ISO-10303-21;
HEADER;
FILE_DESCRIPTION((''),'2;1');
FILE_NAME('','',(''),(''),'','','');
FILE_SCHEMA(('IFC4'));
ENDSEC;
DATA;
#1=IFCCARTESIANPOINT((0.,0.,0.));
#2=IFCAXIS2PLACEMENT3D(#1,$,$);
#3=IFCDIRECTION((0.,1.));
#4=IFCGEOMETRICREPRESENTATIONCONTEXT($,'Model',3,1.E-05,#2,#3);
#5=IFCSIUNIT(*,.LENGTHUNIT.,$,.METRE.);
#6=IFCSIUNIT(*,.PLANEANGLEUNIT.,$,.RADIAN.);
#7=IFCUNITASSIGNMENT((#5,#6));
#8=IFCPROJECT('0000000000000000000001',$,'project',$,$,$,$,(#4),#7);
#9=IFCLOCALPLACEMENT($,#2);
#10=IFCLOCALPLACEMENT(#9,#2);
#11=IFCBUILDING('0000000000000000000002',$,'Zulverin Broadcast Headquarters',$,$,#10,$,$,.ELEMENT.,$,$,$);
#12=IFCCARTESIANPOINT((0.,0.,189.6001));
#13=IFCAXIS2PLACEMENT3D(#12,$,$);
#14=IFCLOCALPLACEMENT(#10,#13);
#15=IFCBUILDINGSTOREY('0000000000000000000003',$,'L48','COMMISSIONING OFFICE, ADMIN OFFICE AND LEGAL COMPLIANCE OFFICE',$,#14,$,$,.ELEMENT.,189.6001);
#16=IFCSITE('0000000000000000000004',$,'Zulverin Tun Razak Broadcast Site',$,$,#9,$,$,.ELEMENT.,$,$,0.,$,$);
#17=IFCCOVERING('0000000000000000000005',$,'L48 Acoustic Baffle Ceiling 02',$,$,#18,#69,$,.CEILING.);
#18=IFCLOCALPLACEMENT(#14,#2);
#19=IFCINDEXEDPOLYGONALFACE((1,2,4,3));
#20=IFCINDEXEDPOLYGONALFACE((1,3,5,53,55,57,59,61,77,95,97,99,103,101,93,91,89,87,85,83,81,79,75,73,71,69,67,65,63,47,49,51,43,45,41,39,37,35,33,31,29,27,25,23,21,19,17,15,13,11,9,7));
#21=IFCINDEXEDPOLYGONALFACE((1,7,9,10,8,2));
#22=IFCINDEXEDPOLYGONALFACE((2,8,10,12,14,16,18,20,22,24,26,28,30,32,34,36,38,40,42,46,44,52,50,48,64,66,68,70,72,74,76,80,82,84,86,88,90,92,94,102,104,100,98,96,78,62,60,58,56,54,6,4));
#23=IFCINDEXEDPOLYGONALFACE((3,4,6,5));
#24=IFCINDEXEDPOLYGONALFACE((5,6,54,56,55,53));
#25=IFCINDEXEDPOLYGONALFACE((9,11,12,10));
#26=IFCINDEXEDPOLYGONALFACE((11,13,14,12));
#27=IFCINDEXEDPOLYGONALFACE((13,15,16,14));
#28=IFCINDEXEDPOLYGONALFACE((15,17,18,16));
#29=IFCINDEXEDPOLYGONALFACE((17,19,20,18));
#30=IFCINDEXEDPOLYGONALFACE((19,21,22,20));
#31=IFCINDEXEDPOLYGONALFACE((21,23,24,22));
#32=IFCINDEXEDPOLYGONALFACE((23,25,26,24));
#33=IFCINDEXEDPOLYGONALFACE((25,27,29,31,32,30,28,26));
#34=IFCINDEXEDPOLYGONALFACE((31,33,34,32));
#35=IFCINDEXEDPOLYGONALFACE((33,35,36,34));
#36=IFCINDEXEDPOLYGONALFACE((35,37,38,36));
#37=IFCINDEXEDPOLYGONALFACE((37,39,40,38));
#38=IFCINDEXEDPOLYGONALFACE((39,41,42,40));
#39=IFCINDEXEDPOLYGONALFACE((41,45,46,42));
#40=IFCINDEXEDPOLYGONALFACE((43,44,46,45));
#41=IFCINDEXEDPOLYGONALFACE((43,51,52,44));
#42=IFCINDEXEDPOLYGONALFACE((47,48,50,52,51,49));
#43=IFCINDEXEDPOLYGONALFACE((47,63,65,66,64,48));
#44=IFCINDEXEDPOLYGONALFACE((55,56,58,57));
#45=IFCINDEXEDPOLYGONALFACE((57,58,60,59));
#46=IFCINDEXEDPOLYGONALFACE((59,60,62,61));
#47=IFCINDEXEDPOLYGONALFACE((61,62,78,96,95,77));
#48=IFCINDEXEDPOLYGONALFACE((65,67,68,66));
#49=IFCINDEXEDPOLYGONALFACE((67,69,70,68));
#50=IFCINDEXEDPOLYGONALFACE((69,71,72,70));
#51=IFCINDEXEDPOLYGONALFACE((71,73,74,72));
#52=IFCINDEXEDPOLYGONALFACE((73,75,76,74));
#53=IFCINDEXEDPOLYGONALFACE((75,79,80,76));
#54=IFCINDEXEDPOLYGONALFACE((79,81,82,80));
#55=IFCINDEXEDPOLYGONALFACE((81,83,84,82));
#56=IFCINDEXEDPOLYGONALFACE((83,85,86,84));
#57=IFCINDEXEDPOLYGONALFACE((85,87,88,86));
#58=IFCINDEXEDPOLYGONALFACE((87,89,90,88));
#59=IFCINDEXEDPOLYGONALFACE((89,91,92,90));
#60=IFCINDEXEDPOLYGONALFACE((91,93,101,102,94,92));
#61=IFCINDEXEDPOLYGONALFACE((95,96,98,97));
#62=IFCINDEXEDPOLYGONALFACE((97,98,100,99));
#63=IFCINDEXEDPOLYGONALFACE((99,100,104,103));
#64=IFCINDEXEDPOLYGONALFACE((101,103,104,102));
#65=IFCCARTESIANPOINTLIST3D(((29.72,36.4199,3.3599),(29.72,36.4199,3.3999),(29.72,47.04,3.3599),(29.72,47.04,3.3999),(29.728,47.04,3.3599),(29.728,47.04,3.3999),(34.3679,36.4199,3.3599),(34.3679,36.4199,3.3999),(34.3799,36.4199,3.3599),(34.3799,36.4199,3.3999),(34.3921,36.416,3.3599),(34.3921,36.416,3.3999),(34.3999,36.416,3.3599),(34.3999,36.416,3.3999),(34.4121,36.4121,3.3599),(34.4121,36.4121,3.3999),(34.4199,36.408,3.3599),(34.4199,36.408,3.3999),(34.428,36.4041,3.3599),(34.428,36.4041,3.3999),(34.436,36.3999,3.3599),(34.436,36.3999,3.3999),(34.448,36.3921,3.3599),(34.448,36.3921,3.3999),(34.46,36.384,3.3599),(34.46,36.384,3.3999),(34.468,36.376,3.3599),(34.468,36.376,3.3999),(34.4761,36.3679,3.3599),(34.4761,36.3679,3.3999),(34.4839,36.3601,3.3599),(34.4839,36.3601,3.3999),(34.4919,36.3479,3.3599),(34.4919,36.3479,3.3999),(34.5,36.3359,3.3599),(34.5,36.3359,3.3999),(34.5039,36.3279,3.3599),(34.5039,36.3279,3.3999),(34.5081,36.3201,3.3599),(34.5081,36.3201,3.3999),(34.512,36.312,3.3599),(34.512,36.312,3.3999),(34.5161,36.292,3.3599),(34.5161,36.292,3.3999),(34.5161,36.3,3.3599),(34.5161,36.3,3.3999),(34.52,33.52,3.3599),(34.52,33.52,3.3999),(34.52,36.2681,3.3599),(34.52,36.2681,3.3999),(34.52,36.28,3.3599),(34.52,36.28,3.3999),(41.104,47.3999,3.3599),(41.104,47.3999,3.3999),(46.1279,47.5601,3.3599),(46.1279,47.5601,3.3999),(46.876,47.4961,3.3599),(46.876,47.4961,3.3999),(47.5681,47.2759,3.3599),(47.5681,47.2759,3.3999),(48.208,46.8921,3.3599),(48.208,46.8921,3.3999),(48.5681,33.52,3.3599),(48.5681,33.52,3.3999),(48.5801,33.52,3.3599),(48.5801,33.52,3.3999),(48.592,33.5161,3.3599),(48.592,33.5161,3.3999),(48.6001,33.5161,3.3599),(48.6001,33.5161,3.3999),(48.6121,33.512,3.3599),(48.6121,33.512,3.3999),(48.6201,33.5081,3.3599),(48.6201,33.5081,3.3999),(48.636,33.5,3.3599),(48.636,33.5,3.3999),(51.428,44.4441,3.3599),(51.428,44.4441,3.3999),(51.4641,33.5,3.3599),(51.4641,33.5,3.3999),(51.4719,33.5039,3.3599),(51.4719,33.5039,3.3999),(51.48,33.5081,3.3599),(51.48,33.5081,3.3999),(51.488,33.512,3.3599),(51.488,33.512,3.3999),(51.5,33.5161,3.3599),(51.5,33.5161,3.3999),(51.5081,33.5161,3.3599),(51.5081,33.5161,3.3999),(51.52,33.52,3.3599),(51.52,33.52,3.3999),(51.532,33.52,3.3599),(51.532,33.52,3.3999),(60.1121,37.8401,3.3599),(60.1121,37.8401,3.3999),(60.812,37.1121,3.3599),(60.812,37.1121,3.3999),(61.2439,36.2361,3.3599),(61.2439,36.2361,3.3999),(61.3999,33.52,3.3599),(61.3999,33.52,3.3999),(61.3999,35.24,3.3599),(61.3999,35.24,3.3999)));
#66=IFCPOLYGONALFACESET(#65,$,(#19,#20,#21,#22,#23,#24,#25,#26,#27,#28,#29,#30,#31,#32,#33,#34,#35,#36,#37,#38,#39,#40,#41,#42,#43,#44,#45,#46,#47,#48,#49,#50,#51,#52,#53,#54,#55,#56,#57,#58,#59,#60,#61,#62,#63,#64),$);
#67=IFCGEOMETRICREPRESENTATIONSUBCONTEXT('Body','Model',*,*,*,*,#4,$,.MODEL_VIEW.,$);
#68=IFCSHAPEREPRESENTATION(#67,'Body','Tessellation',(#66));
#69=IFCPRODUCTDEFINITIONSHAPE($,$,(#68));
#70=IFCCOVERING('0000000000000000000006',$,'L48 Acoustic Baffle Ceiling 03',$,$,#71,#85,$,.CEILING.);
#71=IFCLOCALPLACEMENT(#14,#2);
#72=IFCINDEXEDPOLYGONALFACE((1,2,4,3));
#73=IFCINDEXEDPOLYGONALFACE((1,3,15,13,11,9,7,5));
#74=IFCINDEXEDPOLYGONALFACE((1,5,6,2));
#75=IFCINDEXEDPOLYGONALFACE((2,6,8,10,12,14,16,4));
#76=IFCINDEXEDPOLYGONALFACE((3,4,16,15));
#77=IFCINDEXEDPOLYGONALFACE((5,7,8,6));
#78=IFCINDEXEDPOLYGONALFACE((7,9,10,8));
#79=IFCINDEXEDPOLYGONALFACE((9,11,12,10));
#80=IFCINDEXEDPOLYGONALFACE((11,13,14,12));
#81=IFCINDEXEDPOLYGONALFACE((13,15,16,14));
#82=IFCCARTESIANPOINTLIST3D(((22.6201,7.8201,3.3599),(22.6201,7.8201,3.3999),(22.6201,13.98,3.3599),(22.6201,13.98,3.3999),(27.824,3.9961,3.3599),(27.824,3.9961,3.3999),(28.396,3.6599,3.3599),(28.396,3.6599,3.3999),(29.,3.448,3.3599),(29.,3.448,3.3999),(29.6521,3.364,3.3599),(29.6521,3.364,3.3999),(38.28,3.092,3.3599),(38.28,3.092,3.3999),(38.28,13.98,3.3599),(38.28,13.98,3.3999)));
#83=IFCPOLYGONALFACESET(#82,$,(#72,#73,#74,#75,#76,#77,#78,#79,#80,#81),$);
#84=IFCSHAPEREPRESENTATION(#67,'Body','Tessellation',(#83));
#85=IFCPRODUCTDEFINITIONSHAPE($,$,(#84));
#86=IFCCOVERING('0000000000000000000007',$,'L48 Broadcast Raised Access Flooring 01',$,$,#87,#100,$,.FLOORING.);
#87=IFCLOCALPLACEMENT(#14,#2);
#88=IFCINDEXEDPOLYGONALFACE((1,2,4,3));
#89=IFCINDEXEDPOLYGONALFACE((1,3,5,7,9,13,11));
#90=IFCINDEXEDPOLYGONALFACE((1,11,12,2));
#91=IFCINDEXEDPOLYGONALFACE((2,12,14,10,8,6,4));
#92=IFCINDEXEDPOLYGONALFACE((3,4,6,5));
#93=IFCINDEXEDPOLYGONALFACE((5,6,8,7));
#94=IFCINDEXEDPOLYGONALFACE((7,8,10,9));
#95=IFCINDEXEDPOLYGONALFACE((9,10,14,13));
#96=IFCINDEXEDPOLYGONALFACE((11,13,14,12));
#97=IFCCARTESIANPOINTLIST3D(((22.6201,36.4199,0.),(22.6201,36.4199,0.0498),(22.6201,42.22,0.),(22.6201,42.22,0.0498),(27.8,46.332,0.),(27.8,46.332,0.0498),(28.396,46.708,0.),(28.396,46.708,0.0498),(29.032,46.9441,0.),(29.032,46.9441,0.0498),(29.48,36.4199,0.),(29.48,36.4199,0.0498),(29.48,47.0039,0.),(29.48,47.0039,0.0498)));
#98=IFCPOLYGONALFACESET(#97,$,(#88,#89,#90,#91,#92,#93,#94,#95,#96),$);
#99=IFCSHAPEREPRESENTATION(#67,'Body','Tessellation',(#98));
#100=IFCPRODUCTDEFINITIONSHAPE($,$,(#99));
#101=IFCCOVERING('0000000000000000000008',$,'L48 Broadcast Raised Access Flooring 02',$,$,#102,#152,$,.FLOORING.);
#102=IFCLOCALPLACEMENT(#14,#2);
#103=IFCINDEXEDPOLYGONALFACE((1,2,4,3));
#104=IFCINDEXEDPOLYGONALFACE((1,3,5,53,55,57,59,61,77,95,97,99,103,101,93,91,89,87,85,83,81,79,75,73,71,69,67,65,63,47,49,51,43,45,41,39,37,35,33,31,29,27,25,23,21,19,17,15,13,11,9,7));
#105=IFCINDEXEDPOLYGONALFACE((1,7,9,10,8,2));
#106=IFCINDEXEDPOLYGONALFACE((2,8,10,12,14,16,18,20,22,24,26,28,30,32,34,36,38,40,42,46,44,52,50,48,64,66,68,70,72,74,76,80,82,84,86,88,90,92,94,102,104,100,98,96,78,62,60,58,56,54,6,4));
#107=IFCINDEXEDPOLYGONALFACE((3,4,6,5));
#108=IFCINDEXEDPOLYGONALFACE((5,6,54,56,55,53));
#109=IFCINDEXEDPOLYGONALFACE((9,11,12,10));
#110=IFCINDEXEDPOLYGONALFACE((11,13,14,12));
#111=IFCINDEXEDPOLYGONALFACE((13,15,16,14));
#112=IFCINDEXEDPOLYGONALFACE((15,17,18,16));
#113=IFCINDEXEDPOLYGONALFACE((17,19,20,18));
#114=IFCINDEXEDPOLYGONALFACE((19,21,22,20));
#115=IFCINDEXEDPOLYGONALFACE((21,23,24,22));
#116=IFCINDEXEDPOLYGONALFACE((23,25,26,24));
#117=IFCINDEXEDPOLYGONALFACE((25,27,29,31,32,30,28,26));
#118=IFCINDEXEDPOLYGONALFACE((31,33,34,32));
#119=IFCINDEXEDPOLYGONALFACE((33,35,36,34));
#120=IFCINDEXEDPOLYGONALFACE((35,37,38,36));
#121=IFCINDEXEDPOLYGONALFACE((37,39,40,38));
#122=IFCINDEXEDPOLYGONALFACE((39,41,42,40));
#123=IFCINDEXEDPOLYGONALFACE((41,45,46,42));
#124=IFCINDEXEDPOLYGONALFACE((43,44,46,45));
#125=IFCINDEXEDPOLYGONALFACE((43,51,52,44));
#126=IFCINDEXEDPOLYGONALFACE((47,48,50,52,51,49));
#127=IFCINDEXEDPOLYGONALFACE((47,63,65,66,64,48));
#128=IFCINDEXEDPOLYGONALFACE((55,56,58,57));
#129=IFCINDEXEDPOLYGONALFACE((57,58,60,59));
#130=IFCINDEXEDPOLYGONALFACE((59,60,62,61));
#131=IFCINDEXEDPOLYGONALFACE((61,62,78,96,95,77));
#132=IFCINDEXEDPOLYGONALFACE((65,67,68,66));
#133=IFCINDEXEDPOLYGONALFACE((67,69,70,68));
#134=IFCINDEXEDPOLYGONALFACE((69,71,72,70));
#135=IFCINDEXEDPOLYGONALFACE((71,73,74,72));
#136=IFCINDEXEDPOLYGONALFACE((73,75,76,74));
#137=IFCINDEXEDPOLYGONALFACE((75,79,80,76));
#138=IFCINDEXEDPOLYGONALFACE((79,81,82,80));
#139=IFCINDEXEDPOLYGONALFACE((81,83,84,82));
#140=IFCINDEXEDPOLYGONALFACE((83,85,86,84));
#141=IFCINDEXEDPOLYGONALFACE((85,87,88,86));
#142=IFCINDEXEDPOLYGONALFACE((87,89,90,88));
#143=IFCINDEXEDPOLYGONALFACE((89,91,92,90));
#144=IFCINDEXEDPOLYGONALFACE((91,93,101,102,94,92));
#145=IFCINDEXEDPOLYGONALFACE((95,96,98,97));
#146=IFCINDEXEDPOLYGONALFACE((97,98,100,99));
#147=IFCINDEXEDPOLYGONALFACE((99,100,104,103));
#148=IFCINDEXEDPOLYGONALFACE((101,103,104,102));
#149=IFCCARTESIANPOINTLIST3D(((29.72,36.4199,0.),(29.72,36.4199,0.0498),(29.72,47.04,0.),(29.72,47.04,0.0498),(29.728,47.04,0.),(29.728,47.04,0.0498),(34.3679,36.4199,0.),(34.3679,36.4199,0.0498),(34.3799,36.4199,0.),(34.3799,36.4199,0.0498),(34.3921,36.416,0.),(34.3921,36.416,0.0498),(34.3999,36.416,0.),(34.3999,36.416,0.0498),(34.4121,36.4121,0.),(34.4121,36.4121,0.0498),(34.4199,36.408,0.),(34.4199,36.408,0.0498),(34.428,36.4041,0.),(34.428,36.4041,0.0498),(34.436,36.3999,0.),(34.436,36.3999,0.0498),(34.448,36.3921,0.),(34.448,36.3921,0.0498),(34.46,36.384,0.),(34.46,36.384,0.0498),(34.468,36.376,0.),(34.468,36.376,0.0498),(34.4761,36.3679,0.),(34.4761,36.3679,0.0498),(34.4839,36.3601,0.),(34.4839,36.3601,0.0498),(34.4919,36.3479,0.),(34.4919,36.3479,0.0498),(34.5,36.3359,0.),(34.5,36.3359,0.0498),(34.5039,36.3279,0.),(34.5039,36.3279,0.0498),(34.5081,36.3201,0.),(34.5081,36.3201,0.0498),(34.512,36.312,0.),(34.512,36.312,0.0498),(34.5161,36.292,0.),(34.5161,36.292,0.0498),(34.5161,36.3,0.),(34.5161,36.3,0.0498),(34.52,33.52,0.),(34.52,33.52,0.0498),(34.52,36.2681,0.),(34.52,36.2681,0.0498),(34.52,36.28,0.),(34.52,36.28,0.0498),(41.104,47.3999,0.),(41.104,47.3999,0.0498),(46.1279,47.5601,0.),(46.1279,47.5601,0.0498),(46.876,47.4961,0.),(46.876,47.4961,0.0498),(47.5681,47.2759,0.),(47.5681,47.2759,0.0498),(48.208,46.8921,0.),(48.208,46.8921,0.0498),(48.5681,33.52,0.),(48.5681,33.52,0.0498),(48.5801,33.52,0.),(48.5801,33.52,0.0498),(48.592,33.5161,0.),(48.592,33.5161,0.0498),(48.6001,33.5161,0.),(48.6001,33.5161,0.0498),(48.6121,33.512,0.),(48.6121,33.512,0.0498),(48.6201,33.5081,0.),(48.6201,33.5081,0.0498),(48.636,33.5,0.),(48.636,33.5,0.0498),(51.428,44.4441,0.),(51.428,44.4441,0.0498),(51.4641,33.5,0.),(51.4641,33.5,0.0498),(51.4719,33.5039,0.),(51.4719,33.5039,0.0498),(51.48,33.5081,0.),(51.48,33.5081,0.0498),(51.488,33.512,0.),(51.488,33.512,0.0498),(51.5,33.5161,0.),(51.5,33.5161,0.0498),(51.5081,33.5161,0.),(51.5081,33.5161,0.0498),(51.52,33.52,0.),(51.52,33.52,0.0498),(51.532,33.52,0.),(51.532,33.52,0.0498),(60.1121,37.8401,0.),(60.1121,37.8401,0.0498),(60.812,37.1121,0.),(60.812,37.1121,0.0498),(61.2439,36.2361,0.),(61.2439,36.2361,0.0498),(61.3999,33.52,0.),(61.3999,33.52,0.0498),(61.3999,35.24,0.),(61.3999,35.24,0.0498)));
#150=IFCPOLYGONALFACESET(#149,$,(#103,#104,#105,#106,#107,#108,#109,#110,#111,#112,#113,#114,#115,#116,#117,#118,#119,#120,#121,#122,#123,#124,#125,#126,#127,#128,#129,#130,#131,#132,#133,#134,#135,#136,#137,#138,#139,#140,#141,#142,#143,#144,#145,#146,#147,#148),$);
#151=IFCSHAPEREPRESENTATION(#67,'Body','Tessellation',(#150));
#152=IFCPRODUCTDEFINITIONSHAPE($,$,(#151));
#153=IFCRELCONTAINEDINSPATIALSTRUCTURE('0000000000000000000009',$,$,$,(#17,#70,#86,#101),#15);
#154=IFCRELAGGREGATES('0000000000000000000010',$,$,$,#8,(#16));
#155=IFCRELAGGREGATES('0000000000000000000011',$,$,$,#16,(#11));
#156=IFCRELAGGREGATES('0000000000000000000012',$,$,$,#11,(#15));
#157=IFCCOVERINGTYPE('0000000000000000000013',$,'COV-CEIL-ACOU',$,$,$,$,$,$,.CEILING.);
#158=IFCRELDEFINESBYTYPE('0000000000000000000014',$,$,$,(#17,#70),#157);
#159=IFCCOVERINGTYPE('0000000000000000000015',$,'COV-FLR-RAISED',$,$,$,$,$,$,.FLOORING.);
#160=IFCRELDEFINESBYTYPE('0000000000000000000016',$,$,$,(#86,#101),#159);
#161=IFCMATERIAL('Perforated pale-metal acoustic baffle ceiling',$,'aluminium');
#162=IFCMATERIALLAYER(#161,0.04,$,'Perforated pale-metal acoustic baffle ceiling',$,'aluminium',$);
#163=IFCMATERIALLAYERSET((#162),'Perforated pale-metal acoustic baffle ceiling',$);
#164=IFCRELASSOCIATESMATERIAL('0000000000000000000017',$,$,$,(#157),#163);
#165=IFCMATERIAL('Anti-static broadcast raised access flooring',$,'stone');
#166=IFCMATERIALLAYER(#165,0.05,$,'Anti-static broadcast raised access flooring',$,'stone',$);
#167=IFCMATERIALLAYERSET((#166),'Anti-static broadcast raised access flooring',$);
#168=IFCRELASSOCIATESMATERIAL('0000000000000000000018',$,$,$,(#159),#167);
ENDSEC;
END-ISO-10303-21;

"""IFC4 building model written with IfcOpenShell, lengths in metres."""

from ifc_helpers import new_model, si_unit, direction, frame, origin, place, context, subcontext, project, spatial, polyline, outline, extrude, material, layer, layer_set, type_object, element, save


model = new_model("IFC4")

# Units and contexts
model_context = context("Model", 3, precision=1e-05, world=origin(), true_north=direction((0.0, 1.0)))
body_context = subcontext(model_context, "Body", "Model", "MODEL_VIEW")
ifc_project = project(units=[si_unit("LENGTHUNIT", "METRE"), si_unit("PLANEANGLEUNIT", "RADIAN")], contexts=[model_context])

# Site, building, storey
site_placement = place(None, origin())
site = spatial("IfcSite", under=ifc_project, at=site_placement, Name="Zulverin Tun Razak Broadcast Site", CompositionType="ELEMENT", RefElevation=0.0)
building_placement = place(site_placement, origin())
building = spatial("IfcBuilding", under=site, at=building_placement, Name="Zulverin Broadcast Headquarters", CompositionType="ELEMENT")
storey_placement = place(building_placement, frame((0.0, 0.0, 189.6001)))
storey = spatial("IfcBuildingStorey", under=building, at=storey_placement, Name="L48", Description="COMMISSIONING OFFICE, ADMIN OFFICE AND LEGAL COMPLIANCE OFFICE", CompositionType="ELEMENT", Elevation=189.6001)

# Coverings
ifc_material_1 = material(Name="Perforated pale-metal acoustic baffle ceiling", Category="aluminium")
ifc_layer_1 = layer(ifc_material_1, 0.04, Name="Perforated pale-metal acoustic baffle ceiling", Category="aluminium")
ifc_layer_set_1 = layer_set([ifc_layer_1], Name="Perforated pale-metal acoustic baffle ceiling")
covering_type_1 = type_object("IfcCoveringType", Name="COV-CEIL-ACOU", PredefinedType="CEILING", material=ifc_layer_set_1)
covering_1_placement = place(storey_placement, frame((0.0, 0.0, 3.3599)))
element("IfcCovering", 1, at=covering_1_placement, inside=storey, type_object=covering_type_1, Name="L48 Acoustic Baffle Ceiling 02", PredefinedType="CEILING", context=body_context, shape_type="SweptSolid", body=[
    extrude(outline(polyline([(46.1279, 47.5601), (41.104, 47.3999), (29.728, 47.04), (29.72, 47.04), (29.72, 36.4199), (34.3679, 36.4199), (34.3799, 36.4199), (34.3921, 36.416), (34.3999, 36.416), (34.4121, 36.4121), (34.4199, 36.408), (34.428, 36.4041), (34.436, 36.3999), (34.448, 36.3921), (34.46, 36.384), (34.468, 36.376), (34.4761, 36.3679), (34.4839, 36.3601), (34.4919, 36.3479), (34.5, 36.3359), (34.5039, 36.3279), (34.5081, 36.3201), (34.512, 36.312), (34.5161, 36.3), (34.5161, 36.292), (34.52, 36.28), (34.52, 36.2681), (34.52, 33.52), (48.5681, 33.52), (48.5801, 33.52), (48.592, 33.5161), (48.6001, 33.5161), (48.6121, 33.512), (48.6201, 33.5081), (48.636, 33.5), (51.4641, 33.5), (51.4719, 33.5039), (51.48, 33.5081), (51.488, 33.512), (51.5, 33.5161), (51.5081, 33.5161), (51.52, 33.52), (51.532, 33.52), (61.3999, 33.52), (61.3999, 35.24), (61.2439, 36.2361), (60.812, 37.1121), (60.1121, 37.8401), (51.428, 44.4441), (48.208, 46.8921), (47.5681, 47.2759), (46.876, 47.4961), (46.1279, 47.5601)])), origin(), (0.0, 0.0, 1.0), 0.04),
])
covering_2_placement = place(storey_placement, frame((0.0, 0.0, 3.3599)))
element("IfcCovering", 2, at=covering_2_placement, inside=storey, type_object=covering_type_1, Name="L48 Acoustic Baffle Ceiling 03", PredefinedType="CEILING", context=body_context, shape_type="SweptSolid", body=[
    extrude(outline(polyline([(28.396, 3.6599), (29.0, 3.448), (29.6521, 3.364), (38.28, 3.092), (38.28, 13.98), (22.6201, 13.98), (22.6201, 7.8201), (27.824, 3.9961), (28.396, 3.6599)])), origin(), (0.0, 0.0, 1.0), 0.04),
])
ifc_material_2 = material(Name="Anti-static broadcast raised access flooring", Category="stone")
ifc_layer_2 = layer(ifc_material_2, 0.05, Name="Anti-static broadcast raised access flooring", Category="stone")
ifc_layer_set_2 = layer_set([ifc_layer_2], Name="Anti-static broadcast raised access flooring")
covering_type_2 = type_object("IfcCoveringType", Name="COV-FLR-RAISED", PredefinedType="FLOORING", material=ifc_layer_set_2)
covering_3_placement = place(storey_placement, origin())
element("IfcCovering", 3, at=covering_3_placement, inside=storey, type_object=covering_type_2, Name="L48 Broadcast Raised Access Flooring 01", PredefinedType="FLOORING", context=body_context, shape_type="SweptSolid", body=[
    extrude(outline(polyline([(22.6201, 36.4199), (29.48, 36.4199), (29.48, 47.0039), (29.032, 46.9441), (28.396, 46.708), (27.8, 46.332), (22.6201, 42.22), (22.6201, 36.4199)])), origin(), (0.0, 0.0, 1.0), 0.0498),
])
covering_4_placement = place(storey_placement, origin())
element("IfcCovering", 4, at=covering_4_placement, inside=storey, type_object=covering_type_2, Name="L48 Broadcast Raised Access Flooring 02", PredefinedType="FLOORING", context=body_context, shape_type="SweptSolid", body=[
    extrude(outline(polyline([(46.1279, 47.5601), (41.104, 47.3999), (29.728, 47.04), (29.72, 47.04), (29.72, 36.4199), (34.3679, 36.4199), (34.3799, 36.4199), (34.3921, 36.416), (34.3999, 36.416), (34.4121, 36.4121), (34.4199, 36.408), (34.428, 36.4041), (34.436, 36.3999), (34.448, 36.3921), (34.46, 36.384), (34.468, 36.376), (34.4761, 36.3679), (34.4839, 36.3601), (34.4919, 36.3479), (34.5, 36.3359), (34.5039, 36.3279), (34.5081, 36.3201), (34.512, 36.312), (34.5161, 36.3), (34.5161, 36.292), (34.52, 36.28), (34.52, 36.2681), (34.52, 33.52), (48.5681, 33.52), (48.5801, 33.52), (48.592, 33.5161), (48.6001, 33.5161), (48.6121, 33.512), (48.6201, 33.5081), (48.636, 33.5), (51.4641, 33.5), (51.4719, 33.5039), (51.48, 33.5081), (51.488, 33.512), (51.5, 33.5161), (51.5081, 33.5161), (51.52, 33.52), (51.532, 33.52), (61.3999, 33.52), (61.3999, 35.24), (61.2439, 36.2361), (60.812, 37.1121), (60.1121, 37.8401), (51.428, 44.4441), (48.208, 46.8921), (47.5681, 47.2759), (46.876, 47.4961), (46.1279, 47.5601)])), origin(), (0.0, 0.0, 1.0), 0.0498),
])

save(model, "model.ifc")
